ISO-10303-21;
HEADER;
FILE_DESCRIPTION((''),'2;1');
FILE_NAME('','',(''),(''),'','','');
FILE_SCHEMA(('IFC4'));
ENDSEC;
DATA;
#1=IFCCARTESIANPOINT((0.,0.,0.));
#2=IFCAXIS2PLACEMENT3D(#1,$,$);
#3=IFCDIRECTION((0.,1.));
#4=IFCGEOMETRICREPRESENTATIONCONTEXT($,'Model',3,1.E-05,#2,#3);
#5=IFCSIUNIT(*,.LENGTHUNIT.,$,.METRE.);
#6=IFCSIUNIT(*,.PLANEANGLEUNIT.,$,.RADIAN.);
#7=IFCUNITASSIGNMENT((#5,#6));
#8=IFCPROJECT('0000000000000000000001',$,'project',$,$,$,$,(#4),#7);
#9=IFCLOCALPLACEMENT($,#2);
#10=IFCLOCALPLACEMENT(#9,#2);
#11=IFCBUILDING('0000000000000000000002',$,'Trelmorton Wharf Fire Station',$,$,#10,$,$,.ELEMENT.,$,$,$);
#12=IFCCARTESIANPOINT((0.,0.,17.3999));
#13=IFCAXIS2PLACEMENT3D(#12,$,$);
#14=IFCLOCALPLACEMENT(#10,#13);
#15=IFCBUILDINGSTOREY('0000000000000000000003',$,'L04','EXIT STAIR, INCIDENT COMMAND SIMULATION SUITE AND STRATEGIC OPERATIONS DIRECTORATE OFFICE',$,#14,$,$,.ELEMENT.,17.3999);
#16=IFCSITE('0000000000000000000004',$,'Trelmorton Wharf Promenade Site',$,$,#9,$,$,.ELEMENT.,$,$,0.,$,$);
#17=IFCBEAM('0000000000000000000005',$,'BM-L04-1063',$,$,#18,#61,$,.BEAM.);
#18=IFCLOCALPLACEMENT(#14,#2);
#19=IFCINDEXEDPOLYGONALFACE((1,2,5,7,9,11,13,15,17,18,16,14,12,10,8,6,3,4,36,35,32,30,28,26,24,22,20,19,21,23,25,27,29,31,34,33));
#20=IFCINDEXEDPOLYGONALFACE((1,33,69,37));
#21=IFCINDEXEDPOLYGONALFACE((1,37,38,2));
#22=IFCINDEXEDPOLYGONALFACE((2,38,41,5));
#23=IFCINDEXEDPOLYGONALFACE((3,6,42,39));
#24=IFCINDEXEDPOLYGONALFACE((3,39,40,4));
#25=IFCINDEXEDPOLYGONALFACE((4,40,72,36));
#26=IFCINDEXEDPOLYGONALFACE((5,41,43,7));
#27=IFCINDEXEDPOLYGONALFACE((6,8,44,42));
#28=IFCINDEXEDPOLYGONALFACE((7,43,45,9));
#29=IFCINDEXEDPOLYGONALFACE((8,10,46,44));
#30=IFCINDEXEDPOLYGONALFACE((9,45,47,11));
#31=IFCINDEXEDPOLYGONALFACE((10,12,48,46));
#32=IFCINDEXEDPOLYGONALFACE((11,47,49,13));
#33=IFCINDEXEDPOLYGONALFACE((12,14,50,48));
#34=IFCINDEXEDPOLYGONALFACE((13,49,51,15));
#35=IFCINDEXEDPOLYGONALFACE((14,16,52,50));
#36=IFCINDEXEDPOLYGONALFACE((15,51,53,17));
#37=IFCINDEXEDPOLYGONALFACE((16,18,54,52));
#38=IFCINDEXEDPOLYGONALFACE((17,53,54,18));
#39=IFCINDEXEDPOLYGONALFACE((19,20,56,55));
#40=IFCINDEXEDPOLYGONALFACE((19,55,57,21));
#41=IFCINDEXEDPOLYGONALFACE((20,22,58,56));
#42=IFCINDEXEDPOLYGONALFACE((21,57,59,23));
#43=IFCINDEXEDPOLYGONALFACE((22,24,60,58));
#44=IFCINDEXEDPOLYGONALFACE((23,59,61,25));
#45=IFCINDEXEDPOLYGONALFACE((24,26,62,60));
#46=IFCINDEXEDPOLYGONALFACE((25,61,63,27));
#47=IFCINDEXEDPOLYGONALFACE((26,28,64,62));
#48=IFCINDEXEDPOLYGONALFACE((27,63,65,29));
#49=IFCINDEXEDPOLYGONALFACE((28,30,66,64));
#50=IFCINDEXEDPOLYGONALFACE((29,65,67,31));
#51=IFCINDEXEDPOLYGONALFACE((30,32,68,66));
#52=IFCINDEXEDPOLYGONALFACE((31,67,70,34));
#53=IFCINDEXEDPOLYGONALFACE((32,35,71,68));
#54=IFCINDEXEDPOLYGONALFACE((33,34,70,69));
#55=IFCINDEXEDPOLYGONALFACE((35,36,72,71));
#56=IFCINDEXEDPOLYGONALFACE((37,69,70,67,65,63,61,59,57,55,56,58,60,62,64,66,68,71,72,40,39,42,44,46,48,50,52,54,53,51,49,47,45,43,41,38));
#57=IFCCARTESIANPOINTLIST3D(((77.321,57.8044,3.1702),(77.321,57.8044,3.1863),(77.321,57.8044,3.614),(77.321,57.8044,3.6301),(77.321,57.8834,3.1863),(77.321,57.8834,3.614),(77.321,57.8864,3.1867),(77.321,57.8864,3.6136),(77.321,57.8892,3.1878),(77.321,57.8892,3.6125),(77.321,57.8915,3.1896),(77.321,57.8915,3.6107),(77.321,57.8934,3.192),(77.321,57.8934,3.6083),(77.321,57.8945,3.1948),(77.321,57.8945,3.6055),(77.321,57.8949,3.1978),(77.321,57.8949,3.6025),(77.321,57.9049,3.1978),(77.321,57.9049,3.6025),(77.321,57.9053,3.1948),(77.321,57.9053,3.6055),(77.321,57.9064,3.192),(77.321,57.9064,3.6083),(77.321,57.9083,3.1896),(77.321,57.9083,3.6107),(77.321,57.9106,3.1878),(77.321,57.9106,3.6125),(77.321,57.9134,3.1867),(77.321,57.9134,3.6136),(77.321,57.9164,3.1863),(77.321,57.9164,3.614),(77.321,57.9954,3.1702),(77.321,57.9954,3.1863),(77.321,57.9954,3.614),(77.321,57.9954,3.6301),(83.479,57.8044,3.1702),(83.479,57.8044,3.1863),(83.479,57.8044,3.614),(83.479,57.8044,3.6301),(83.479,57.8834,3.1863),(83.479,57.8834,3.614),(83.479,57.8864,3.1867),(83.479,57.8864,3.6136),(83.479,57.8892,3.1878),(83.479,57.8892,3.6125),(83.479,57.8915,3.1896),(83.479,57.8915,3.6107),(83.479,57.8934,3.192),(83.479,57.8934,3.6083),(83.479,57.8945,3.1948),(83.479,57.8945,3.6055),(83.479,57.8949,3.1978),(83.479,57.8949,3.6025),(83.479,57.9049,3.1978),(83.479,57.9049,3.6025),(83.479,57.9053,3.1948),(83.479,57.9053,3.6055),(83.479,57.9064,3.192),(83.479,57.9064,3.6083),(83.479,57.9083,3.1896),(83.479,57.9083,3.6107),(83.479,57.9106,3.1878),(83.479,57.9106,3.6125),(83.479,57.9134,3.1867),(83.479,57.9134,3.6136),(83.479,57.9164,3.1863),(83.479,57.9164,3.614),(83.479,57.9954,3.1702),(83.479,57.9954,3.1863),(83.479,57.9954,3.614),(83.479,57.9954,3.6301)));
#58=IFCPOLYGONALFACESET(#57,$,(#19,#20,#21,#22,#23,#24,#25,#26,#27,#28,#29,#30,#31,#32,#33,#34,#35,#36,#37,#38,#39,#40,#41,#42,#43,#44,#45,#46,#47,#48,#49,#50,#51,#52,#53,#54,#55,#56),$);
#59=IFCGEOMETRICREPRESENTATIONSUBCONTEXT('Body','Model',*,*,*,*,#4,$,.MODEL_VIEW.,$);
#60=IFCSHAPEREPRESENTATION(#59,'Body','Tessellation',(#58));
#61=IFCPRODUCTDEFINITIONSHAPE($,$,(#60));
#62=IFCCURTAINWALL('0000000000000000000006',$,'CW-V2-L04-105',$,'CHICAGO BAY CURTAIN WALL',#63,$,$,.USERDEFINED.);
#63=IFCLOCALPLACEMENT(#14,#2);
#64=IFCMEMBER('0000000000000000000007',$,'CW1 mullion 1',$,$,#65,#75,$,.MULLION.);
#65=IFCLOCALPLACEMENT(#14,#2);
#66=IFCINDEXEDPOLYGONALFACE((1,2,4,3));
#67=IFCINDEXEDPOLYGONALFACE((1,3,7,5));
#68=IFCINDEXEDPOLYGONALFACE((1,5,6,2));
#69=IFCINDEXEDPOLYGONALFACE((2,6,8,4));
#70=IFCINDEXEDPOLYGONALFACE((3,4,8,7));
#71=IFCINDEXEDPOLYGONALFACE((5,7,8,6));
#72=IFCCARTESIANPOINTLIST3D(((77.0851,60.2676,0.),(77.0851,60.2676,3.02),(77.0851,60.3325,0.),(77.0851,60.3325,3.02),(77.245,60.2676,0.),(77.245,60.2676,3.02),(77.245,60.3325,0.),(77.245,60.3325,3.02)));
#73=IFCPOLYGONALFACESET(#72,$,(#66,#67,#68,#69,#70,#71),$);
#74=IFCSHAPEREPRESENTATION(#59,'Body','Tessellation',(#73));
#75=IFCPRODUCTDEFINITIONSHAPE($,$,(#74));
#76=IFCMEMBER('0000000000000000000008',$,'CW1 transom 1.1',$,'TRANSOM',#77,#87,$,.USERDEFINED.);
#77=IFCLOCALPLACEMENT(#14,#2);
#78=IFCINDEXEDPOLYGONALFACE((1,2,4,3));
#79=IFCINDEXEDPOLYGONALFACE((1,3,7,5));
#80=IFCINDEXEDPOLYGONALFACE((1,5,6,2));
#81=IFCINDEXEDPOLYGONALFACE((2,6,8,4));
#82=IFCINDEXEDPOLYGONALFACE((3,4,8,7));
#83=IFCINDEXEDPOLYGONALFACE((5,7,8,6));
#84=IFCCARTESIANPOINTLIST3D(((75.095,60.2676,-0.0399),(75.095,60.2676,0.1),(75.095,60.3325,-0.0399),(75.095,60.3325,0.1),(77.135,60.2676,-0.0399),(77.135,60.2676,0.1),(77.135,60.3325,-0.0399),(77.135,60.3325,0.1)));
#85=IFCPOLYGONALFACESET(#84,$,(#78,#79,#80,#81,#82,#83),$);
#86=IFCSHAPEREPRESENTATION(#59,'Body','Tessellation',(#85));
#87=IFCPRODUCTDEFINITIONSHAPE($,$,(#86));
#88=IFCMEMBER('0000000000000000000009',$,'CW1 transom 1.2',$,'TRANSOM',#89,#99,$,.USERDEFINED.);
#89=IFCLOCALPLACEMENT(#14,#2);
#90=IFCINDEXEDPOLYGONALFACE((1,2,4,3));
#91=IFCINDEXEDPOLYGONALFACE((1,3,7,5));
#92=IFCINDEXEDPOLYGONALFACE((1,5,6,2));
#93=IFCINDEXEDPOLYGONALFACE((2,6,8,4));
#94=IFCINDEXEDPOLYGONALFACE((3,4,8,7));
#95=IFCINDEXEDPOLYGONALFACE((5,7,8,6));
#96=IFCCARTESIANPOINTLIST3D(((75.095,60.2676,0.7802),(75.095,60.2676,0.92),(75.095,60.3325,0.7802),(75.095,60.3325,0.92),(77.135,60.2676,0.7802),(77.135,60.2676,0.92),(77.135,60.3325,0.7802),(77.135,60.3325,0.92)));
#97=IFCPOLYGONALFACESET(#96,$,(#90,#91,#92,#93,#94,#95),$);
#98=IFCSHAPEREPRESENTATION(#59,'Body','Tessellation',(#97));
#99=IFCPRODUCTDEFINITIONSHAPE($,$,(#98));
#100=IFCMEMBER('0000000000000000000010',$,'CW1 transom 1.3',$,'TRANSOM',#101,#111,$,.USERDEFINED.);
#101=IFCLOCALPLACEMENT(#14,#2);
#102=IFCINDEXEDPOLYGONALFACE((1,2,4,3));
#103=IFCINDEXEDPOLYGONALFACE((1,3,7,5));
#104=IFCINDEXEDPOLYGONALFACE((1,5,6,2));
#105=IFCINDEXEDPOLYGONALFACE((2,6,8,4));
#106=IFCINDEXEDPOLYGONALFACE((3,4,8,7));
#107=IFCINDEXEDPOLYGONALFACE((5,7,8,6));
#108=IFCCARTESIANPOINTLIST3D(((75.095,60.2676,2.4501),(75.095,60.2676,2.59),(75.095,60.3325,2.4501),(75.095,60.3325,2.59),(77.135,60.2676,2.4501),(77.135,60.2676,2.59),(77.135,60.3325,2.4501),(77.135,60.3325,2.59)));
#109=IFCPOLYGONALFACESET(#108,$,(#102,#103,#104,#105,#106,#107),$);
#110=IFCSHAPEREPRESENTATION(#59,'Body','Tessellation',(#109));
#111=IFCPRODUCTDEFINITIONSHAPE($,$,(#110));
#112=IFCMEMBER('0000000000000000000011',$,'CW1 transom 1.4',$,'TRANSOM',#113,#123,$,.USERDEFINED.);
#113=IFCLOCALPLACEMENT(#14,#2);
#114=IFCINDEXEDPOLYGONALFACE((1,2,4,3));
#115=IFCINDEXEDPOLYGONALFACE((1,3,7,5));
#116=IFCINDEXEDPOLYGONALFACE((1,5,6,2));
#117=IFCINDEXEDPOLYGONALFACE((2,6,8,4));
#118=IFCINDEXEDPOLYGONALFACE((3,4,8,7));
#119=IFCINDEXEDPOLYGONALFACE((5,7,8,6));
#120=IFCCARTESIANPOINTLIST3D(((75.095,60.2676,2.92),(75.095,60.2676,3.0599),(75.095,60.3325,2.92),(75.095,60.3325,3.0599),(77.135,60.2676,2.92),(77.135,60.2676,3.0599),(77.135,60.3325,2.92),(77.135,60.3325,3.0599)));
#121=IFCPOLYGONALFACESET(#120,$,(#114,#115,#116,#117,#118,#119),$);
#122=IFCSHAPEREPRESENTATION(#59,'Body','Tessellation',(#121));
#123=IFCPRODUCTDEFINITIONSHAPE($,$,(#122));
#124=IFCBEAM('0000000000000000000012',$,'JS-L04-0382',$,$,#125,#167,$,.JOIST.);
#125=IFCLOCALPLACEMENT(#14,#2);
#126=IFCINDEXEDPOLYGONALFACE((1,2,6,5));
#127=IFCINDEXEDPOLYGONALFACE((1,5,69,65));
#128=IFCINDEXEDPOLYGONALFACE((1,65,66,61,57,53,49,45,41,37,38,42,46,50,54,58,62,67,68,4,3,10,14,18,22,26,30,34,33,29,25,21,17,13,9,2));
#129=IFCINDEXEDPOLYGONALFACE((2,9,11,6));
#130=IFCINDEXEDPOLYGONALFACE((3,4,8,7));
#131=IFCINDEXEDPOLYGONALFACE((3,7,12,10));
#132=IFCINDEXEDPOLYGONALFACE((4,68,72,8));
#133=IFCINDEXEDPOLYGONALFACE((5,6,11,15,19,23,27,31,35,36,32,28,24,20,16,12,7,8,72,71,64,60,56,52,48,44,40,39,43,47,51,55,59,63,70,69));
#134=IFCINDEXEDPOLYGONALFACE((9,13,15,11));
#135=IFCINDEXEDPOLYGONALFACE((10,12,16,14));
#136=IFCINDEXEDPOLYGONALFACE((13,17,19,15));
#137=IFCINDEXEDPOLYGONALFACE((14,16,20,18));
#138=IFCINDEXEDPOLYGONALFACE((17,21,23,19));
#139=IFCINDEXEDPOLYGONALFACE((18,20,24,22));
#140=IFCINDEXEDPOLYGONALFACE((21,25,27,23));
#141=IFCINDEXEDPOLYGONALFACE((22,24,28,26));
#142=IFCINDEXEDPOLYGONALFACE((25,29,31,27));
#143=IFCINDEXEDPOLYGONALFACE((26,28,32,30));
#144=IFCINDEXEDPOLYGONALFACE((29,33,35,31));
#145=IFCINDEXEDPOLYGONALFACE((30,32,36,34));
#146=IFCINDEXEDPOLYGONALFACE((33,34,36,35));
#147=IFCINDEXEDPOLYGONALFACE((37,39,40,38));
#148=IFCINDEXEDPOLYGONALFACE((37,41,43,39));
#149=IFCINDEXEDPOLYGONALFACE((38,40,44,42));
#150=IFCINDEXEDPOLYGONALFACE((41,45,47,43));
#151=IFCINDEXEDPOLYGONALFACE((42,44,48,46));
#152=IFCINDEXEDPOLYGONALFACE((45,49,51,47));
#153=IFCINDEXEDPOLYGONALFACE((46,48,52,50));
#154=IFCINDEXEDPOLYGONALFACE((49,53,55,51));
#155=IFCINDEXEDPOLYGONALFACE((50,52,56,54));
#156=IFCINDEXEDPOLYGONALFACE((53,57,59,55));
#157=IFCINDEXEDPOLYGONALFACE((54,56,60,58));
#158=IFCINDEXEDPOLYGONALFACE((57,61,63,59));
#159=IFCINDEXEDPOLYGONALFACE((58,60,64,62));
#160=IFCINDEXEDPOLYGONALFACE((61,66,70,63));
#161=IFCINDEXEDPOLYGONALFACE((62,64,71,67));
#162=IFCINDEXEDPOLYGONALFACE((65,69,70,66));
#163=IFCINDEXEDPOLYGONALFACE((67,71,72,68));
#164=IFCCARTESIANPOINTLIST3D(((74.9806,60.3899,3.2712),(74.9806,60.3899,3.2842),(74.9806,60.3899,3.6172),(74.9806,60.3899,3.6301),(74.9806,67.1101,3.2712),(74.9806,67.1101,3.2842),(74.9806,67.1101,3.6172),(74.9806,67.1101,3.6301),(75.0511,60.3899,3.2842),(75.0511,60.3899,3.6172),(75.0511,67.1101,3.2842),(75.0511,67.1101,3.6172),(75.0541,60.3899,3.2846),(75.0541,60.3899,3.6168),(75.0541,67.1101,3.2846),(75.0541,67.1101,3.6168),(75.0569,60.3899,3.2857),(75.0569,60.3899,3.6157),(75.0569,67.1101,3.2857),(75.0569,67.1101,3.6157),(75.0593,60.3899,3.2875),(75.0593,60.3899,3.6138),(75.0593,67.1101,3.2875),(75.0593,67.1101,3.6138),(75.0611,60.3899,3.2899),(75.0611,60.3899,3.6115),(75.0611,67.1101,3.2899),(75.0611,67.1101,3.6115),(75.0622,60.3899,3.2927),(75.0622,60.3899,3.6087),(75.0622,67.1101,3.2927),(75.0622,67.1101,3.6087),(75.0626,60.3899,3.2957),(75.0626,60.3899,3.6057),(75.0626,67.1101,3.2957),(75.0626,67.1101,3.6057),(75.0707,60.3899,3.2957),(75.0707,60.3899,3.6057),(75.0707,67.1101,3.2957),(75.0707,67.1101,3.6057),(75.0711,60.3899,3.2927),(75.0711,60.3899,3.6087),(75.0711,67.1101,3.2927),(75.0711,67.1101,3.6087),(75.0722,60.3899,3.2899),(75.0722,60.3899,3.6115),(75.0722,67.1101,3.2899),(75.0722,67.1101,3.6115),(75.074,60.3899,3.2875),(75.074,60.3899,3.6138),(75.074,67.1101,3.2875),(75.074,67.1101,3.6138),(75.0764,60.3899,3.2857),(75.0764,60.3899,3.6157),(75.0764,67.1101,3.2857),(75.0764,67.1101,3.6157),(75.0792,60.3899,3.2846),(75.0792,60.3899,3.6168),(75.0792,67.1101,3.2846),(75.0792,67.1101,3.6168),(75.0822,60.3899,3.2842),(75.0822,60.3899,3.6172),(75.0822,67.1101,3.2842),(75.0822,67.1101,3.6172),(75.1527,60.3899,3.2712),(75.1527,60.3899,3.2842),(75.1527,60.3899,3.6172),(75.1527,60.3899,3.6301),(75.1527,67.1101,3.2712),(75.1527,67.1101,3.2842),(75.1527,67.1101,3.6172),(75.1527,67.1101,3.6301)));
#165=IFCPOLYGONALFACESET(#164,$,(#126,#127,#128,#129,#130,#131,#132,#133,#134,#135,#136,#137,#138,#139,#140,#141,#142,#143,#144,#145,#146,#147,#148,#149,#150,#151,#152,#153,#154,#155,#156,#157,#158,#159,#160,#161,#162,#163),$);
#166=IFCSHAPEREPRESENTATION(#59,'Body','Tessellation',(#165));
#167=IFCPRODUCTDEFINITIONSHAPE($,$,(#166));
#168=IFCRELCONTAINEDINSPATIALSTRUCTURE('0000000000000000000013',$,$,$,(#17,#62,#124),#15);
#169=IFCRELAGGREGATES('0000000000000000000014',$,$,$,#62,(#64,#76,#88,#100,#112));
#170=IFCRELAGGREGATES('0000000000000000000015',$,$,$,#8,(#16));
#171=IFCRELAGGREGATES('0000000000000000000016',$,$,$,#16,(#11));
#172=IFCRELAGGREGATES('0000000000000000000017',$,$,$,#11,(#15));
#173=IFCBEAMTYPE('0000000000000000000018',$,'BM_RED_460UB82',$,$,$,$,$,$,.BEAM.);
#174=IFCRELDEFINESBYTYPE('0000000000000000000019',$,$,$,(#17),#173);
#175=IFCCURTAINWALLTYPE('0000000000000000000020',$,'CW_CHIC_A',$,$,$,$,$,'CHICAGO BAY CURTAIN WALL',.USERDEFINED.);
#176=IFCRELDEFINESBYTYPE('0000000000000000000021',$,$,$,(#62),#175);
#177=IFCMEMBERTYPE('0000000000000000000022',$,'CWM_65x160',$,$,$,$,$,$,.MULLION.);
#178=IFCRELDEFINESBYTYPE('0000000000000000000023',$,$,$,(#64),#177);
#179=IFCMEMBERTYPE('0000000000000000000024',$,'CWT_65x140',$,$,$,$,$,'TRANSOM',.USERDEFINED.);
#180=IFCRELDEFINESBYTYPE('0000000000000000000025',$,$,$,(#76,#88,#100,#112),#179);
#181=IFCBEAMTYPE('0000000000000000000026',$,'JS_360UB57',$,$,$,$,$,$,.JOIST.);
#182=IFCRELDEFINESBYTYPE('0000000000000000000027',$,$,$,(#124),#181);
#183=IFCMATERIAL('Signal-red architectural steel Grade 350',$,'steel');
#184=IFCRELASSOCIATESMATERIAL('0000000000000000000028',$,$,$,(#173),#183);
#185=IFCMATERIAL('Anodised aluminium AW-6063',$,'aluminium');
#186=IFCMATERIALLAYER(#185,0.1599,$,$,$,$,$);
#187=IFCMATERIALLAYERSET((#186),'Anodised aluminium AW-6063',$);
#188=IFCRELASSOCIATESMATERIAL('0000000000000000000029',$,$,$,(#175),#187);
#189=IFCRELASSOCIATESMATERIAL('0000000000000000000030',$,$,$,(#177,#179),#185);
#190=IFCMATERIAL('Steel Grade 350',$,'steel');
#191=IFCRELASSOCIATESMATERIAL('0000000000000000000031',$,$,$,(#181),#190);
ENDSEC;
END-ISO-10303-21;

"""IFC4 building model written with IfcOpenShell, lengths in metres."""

from ifc_helpers import new_model, si_unit, direction, frame, origin, origin_2d, place, context, subcontext, project, spatial, rectangle, i_section, extrude, material, layer, layer_set, material_profile, profile_set, type_object, element, aggregate, save


model = new_model("IFC4")

# Units and contexts
model_context = context("Model", 3, precision=1e-05, world=origin(), true_north=direction((0.0, 1.0)))
body_context = subcontext(model_context, "Body", "Model", "MODEL_VIEW")
ifc_project = project(units=[si_unit("LENGTHUNIT", "METRE"), si_unit("PLANEANGLEUNIT", "RADIAN")], contexts=[model_context])

# Site, building, storey
site_placement = place(None, origin())
site = spatial("IfcSite", under=ifc_project, at=site_placement, Name="Trelmorton Wharf Promenade Site", CompositionType="ELEMENT", RefElevation=0.0)
building_placement = place(site_placement, origin())
building = spatial("IfcBuilding", under=site, at=building_placement, Name="Trelmorton Wharf Fire Station", CompositionType="ELEMENT")
storey_placement = place(building_placement, frame((0.0, 0.0, 17.3999)))
storey = spatial("IfcBuildingStorey", under=building, at=storey_placement, Name="L04", Description="EXIT STAIR, INCIDENT COMMAND SIMULATION SUITE AND STRATEGIC OPERATIONS DIRECTORATE OFFICE", CompositionType="ELEMENT", Elevation=17.3999)

# Shared definitions
ifc_material_1 = material(Name="Steel Grade 350", Category="steel")
ifc_material_2 = material(Name="Signal-red architectural steel Grade 350", Category="steel")

# Beam
ifc_material_profile_1 = material_profile(ifc_material_2, i_section(OverallWidth=0.1909, OverallDepth=0.46, WebThickness=0.01, FlangeThickness=0.0161, FilletRadius=0.0115, at=origin_2d()), Name="460UB82.1")
ifc_profile_set_1 = profile_set([ifc_material_profile_1], Name="Signal-red architectural steel Grade 350")
beam_type_1 = type_object("IfcBeamType", Name="BM_RED_460UB82", PredefinedType="BEAM", material=ifc_profile_set_1)
beam_1_placement = place(storey_placement, frame((77.321, 57.8999, 3.4001), z_axis=(1.0, 0.0, 0.0), x_axis=(0.0, 1.0, 0.0)))
element("IfcBeam", 1, at=beam_1_placement, inside=storey, type_object=beam_type_1, Name="BM-L04-1063", PredefinedType="BEAM", context=body_context, shape_type="SweptSolid", body=[
    extrude(i_section(OverallWidth=0.1909, OverallDepth=0.46, WebThickness=0.01, FlangeThickness=0.0161, FilletRadius=0.0115, at=origin_2d()), origin(), (0.0, 0.0, 1.0), 6.158),
])

# Curtain wall, members
ifc_material_3 = material(Name="Anodised aluminium AW-6063", Category="aluminium")
ifc_layer_1 = layer(ifc_material_3, 0.1599)
ifc_layer_set_1 = layer_set([ifc_layer_1], Name="Anodised aluminium AW-6063")
curtain_wall_type = type_object("IfcCurtainWallType", Name="CW_CHIC_A", ElementType="CHICAGO BAY CURTAIN WALL", PredefinedType="USERDEFINED", material=ifc_layer_set_1)
curtain_wall_placement = place(storey_placement, origin())
curtain_wall = element("IfcCurtainWall", 2, at=curtain_wall_placement, inside=storey, type_object=curtain_wall_type, Name="CW-V2-L04-105", ObjectType="CHICAGO BAY CURTAIN WALL", PredefinedType="USERDEFINED")
ifc_material_profile_2 = material_profile(ifc_material_3, rectangle(XDim=0.0649, YDim=0.1599, at=origin_2d()), Name="ALU-65x160")
ifc_profile_set_2 = profile_set([ifc_material_profile_2], Name="Anodised aluminium AW-6063")
member_type_1 = type_object("IfcMemberType", Name="CWM_65x160", PredefinedType="MULLION", material=ifc_profile_set_2)
member_1_placement = place(storey_placement, frame((77.165, 60.3, 0.0), z_axis=(0.0, 0.0, 1.0), x_axis=(0.0, -1.0, 0.0)))
member_1 = element("IfcMember", 3, at=member_1_placement, type_object=member_type_1, Name="CW1 mullion 1", PredefinedType="MULLION", context=body_context, shape_type="SweptSolid", body=[
    extrude(rectangle(XDim=0.0649, YDim=0.1599, at=origin_2d()), origin(), (0.0, 0.0, 1.0), 3.02),
])
ifc_material_profile_3 = material_profile(ifc_material_3, rectangle(XDim=0.0649, YDim=0.1399, at=origin_2d()), Name="ALU-65x140")
ifc_profile_set_3 = profile_set([ifc_material_profile_3], Name="Anodised aluminium AW-6063")
member_type_2 = type_object("IfcMemberType", Name="CWT_65x140", ElementType="TRANSOM", PredefinedType="USERDEFINED", material=ifc_profile_set_3)
member_2_placement = place(storey_placement, frame((77.135, 60.3, 0.03), z_axis=(-1.0, 0.0, 0.0), x_axis=(0.0, -1.0, 0.0)))
member_2 = element("IfcMember", 4, at=member_2_placement, type_object=member_type_2, Name="CW1 transom 1.1", ObjectType="TRANSOM", PredefinedType="USERDEFINED", context=body_context, shape_type="SweptSolid", body=[
    extrude(rectangle(XDim=0.0649, YDim=0.1399, at=origin_2d()), origin(), (0.0, 0.0, 1.0), 2.04),
])
member_3_placement = place(storey_placement, frame((77.135, 60.3, 0.8501), z_axis=(-1.0, 0.0, 0.0), x_axis=(0.0, -1.0, 0.0)))
member_3 = element("IfcMember", 5, at=member_3_placement, type_object=member_type_2, Name="CW1 transom 1.2", ObjectType="TRANSOM", PredefinedType="USERDEFINED", context=body_context, shape_type="SweptSolid", body=[
    extrude(rectangle(XDim=0.0649, YDim=0.1399, at=origin_2d()), origin(), (0.0, 0.0, 1.0), 2.04),
])
member_4_placement = place(storey_placement, frame((77.135, 60.3, 2.52), z_axis=(-1.0, 0.0, 0.0), x_axis=(0.0, -1.0, 0.0)))
member_4 = element("IfcMember", 6, at=member_4_placement, type_object=member_type_2, Name="CW1 transom 1.3", ObjectType="TRANSOM", PredefinedType="USERDEFINED", context=body_context, shape_type="SweptSolid", body=[
    extrude(rectangle(XDim=0.0649, YDim=0.1399, at=origin_2d()), origin(), (0.0, 0.0, 1.0), 2.04),
])
member_5_placement = place(storey_placement, frame((77.135, 60.3, 2.99), z_axis=(-1.0, 0.0, 0.0), x_axis=(0.0, -1.0, 0.0)))
member_5 = element("IfcMember", 7, at=member_5_placement, type_object=member_type_2, Name="CW1 transom 1.4", ObjectType="TRANSOM", PredefinedType="USERDEFINED", context=body_context, shape_type="SweptSolid", body=[
    extrude(rectangle(XDim=0.0649, YDim=0.1399, at=origin_2d()), origin(), (0.0, 0.0, 1.0), 2.04),
])

# Beam
ifc_material_profile_4 = material_profile(ifc_material_1, i_section(OverallWidth=0.1721, OverallDepth=0.3589, WebThickness=0.0081, FlangeThickness=0.0129, FilletRadius=0.0115, at=origin_2d()), Name="360UB56.7")
ifc_profile_set_4 = profile_set([ifc_material_profile_4], Name="Steel Grade 350")
beam_type_2 = type_object("IfcBeamType", Name="JS_360UB57", PredefinedType="JOIST", material=ifc_profile_set_4)
for number, where, z_axis, x_axis, name in (
    (8, (75.0667, 60.3899, 3.4507), (0.0, 1.0, 0.0), (-1.0, 0.0, 0.0), "JS-L04-0382"),
):
    element("IfcBeam", number, at=place(storey_placement, frame(where, z_axis=z_axis, x_axis=x_axis)), inside=storey, type_object=beam_type_2, Name=name, PredefinedType="JOIST", context=body_context, shape_type="SweptSolid", body=[
        extrude(i_section(OverallWidth=0.1721, OverallDepth=0.3589, WebThickness=0.0081, FlangeThickness=0.0129, FilletRadius=0.0115, at=origin_2d()), origin(), (0.0, 0.0, 1.0), 6.7202),
    ])

aggregate(curtain_wall, [member_1, member_2, member_3, member_4, member_5])

save(model, "model.ifc")
